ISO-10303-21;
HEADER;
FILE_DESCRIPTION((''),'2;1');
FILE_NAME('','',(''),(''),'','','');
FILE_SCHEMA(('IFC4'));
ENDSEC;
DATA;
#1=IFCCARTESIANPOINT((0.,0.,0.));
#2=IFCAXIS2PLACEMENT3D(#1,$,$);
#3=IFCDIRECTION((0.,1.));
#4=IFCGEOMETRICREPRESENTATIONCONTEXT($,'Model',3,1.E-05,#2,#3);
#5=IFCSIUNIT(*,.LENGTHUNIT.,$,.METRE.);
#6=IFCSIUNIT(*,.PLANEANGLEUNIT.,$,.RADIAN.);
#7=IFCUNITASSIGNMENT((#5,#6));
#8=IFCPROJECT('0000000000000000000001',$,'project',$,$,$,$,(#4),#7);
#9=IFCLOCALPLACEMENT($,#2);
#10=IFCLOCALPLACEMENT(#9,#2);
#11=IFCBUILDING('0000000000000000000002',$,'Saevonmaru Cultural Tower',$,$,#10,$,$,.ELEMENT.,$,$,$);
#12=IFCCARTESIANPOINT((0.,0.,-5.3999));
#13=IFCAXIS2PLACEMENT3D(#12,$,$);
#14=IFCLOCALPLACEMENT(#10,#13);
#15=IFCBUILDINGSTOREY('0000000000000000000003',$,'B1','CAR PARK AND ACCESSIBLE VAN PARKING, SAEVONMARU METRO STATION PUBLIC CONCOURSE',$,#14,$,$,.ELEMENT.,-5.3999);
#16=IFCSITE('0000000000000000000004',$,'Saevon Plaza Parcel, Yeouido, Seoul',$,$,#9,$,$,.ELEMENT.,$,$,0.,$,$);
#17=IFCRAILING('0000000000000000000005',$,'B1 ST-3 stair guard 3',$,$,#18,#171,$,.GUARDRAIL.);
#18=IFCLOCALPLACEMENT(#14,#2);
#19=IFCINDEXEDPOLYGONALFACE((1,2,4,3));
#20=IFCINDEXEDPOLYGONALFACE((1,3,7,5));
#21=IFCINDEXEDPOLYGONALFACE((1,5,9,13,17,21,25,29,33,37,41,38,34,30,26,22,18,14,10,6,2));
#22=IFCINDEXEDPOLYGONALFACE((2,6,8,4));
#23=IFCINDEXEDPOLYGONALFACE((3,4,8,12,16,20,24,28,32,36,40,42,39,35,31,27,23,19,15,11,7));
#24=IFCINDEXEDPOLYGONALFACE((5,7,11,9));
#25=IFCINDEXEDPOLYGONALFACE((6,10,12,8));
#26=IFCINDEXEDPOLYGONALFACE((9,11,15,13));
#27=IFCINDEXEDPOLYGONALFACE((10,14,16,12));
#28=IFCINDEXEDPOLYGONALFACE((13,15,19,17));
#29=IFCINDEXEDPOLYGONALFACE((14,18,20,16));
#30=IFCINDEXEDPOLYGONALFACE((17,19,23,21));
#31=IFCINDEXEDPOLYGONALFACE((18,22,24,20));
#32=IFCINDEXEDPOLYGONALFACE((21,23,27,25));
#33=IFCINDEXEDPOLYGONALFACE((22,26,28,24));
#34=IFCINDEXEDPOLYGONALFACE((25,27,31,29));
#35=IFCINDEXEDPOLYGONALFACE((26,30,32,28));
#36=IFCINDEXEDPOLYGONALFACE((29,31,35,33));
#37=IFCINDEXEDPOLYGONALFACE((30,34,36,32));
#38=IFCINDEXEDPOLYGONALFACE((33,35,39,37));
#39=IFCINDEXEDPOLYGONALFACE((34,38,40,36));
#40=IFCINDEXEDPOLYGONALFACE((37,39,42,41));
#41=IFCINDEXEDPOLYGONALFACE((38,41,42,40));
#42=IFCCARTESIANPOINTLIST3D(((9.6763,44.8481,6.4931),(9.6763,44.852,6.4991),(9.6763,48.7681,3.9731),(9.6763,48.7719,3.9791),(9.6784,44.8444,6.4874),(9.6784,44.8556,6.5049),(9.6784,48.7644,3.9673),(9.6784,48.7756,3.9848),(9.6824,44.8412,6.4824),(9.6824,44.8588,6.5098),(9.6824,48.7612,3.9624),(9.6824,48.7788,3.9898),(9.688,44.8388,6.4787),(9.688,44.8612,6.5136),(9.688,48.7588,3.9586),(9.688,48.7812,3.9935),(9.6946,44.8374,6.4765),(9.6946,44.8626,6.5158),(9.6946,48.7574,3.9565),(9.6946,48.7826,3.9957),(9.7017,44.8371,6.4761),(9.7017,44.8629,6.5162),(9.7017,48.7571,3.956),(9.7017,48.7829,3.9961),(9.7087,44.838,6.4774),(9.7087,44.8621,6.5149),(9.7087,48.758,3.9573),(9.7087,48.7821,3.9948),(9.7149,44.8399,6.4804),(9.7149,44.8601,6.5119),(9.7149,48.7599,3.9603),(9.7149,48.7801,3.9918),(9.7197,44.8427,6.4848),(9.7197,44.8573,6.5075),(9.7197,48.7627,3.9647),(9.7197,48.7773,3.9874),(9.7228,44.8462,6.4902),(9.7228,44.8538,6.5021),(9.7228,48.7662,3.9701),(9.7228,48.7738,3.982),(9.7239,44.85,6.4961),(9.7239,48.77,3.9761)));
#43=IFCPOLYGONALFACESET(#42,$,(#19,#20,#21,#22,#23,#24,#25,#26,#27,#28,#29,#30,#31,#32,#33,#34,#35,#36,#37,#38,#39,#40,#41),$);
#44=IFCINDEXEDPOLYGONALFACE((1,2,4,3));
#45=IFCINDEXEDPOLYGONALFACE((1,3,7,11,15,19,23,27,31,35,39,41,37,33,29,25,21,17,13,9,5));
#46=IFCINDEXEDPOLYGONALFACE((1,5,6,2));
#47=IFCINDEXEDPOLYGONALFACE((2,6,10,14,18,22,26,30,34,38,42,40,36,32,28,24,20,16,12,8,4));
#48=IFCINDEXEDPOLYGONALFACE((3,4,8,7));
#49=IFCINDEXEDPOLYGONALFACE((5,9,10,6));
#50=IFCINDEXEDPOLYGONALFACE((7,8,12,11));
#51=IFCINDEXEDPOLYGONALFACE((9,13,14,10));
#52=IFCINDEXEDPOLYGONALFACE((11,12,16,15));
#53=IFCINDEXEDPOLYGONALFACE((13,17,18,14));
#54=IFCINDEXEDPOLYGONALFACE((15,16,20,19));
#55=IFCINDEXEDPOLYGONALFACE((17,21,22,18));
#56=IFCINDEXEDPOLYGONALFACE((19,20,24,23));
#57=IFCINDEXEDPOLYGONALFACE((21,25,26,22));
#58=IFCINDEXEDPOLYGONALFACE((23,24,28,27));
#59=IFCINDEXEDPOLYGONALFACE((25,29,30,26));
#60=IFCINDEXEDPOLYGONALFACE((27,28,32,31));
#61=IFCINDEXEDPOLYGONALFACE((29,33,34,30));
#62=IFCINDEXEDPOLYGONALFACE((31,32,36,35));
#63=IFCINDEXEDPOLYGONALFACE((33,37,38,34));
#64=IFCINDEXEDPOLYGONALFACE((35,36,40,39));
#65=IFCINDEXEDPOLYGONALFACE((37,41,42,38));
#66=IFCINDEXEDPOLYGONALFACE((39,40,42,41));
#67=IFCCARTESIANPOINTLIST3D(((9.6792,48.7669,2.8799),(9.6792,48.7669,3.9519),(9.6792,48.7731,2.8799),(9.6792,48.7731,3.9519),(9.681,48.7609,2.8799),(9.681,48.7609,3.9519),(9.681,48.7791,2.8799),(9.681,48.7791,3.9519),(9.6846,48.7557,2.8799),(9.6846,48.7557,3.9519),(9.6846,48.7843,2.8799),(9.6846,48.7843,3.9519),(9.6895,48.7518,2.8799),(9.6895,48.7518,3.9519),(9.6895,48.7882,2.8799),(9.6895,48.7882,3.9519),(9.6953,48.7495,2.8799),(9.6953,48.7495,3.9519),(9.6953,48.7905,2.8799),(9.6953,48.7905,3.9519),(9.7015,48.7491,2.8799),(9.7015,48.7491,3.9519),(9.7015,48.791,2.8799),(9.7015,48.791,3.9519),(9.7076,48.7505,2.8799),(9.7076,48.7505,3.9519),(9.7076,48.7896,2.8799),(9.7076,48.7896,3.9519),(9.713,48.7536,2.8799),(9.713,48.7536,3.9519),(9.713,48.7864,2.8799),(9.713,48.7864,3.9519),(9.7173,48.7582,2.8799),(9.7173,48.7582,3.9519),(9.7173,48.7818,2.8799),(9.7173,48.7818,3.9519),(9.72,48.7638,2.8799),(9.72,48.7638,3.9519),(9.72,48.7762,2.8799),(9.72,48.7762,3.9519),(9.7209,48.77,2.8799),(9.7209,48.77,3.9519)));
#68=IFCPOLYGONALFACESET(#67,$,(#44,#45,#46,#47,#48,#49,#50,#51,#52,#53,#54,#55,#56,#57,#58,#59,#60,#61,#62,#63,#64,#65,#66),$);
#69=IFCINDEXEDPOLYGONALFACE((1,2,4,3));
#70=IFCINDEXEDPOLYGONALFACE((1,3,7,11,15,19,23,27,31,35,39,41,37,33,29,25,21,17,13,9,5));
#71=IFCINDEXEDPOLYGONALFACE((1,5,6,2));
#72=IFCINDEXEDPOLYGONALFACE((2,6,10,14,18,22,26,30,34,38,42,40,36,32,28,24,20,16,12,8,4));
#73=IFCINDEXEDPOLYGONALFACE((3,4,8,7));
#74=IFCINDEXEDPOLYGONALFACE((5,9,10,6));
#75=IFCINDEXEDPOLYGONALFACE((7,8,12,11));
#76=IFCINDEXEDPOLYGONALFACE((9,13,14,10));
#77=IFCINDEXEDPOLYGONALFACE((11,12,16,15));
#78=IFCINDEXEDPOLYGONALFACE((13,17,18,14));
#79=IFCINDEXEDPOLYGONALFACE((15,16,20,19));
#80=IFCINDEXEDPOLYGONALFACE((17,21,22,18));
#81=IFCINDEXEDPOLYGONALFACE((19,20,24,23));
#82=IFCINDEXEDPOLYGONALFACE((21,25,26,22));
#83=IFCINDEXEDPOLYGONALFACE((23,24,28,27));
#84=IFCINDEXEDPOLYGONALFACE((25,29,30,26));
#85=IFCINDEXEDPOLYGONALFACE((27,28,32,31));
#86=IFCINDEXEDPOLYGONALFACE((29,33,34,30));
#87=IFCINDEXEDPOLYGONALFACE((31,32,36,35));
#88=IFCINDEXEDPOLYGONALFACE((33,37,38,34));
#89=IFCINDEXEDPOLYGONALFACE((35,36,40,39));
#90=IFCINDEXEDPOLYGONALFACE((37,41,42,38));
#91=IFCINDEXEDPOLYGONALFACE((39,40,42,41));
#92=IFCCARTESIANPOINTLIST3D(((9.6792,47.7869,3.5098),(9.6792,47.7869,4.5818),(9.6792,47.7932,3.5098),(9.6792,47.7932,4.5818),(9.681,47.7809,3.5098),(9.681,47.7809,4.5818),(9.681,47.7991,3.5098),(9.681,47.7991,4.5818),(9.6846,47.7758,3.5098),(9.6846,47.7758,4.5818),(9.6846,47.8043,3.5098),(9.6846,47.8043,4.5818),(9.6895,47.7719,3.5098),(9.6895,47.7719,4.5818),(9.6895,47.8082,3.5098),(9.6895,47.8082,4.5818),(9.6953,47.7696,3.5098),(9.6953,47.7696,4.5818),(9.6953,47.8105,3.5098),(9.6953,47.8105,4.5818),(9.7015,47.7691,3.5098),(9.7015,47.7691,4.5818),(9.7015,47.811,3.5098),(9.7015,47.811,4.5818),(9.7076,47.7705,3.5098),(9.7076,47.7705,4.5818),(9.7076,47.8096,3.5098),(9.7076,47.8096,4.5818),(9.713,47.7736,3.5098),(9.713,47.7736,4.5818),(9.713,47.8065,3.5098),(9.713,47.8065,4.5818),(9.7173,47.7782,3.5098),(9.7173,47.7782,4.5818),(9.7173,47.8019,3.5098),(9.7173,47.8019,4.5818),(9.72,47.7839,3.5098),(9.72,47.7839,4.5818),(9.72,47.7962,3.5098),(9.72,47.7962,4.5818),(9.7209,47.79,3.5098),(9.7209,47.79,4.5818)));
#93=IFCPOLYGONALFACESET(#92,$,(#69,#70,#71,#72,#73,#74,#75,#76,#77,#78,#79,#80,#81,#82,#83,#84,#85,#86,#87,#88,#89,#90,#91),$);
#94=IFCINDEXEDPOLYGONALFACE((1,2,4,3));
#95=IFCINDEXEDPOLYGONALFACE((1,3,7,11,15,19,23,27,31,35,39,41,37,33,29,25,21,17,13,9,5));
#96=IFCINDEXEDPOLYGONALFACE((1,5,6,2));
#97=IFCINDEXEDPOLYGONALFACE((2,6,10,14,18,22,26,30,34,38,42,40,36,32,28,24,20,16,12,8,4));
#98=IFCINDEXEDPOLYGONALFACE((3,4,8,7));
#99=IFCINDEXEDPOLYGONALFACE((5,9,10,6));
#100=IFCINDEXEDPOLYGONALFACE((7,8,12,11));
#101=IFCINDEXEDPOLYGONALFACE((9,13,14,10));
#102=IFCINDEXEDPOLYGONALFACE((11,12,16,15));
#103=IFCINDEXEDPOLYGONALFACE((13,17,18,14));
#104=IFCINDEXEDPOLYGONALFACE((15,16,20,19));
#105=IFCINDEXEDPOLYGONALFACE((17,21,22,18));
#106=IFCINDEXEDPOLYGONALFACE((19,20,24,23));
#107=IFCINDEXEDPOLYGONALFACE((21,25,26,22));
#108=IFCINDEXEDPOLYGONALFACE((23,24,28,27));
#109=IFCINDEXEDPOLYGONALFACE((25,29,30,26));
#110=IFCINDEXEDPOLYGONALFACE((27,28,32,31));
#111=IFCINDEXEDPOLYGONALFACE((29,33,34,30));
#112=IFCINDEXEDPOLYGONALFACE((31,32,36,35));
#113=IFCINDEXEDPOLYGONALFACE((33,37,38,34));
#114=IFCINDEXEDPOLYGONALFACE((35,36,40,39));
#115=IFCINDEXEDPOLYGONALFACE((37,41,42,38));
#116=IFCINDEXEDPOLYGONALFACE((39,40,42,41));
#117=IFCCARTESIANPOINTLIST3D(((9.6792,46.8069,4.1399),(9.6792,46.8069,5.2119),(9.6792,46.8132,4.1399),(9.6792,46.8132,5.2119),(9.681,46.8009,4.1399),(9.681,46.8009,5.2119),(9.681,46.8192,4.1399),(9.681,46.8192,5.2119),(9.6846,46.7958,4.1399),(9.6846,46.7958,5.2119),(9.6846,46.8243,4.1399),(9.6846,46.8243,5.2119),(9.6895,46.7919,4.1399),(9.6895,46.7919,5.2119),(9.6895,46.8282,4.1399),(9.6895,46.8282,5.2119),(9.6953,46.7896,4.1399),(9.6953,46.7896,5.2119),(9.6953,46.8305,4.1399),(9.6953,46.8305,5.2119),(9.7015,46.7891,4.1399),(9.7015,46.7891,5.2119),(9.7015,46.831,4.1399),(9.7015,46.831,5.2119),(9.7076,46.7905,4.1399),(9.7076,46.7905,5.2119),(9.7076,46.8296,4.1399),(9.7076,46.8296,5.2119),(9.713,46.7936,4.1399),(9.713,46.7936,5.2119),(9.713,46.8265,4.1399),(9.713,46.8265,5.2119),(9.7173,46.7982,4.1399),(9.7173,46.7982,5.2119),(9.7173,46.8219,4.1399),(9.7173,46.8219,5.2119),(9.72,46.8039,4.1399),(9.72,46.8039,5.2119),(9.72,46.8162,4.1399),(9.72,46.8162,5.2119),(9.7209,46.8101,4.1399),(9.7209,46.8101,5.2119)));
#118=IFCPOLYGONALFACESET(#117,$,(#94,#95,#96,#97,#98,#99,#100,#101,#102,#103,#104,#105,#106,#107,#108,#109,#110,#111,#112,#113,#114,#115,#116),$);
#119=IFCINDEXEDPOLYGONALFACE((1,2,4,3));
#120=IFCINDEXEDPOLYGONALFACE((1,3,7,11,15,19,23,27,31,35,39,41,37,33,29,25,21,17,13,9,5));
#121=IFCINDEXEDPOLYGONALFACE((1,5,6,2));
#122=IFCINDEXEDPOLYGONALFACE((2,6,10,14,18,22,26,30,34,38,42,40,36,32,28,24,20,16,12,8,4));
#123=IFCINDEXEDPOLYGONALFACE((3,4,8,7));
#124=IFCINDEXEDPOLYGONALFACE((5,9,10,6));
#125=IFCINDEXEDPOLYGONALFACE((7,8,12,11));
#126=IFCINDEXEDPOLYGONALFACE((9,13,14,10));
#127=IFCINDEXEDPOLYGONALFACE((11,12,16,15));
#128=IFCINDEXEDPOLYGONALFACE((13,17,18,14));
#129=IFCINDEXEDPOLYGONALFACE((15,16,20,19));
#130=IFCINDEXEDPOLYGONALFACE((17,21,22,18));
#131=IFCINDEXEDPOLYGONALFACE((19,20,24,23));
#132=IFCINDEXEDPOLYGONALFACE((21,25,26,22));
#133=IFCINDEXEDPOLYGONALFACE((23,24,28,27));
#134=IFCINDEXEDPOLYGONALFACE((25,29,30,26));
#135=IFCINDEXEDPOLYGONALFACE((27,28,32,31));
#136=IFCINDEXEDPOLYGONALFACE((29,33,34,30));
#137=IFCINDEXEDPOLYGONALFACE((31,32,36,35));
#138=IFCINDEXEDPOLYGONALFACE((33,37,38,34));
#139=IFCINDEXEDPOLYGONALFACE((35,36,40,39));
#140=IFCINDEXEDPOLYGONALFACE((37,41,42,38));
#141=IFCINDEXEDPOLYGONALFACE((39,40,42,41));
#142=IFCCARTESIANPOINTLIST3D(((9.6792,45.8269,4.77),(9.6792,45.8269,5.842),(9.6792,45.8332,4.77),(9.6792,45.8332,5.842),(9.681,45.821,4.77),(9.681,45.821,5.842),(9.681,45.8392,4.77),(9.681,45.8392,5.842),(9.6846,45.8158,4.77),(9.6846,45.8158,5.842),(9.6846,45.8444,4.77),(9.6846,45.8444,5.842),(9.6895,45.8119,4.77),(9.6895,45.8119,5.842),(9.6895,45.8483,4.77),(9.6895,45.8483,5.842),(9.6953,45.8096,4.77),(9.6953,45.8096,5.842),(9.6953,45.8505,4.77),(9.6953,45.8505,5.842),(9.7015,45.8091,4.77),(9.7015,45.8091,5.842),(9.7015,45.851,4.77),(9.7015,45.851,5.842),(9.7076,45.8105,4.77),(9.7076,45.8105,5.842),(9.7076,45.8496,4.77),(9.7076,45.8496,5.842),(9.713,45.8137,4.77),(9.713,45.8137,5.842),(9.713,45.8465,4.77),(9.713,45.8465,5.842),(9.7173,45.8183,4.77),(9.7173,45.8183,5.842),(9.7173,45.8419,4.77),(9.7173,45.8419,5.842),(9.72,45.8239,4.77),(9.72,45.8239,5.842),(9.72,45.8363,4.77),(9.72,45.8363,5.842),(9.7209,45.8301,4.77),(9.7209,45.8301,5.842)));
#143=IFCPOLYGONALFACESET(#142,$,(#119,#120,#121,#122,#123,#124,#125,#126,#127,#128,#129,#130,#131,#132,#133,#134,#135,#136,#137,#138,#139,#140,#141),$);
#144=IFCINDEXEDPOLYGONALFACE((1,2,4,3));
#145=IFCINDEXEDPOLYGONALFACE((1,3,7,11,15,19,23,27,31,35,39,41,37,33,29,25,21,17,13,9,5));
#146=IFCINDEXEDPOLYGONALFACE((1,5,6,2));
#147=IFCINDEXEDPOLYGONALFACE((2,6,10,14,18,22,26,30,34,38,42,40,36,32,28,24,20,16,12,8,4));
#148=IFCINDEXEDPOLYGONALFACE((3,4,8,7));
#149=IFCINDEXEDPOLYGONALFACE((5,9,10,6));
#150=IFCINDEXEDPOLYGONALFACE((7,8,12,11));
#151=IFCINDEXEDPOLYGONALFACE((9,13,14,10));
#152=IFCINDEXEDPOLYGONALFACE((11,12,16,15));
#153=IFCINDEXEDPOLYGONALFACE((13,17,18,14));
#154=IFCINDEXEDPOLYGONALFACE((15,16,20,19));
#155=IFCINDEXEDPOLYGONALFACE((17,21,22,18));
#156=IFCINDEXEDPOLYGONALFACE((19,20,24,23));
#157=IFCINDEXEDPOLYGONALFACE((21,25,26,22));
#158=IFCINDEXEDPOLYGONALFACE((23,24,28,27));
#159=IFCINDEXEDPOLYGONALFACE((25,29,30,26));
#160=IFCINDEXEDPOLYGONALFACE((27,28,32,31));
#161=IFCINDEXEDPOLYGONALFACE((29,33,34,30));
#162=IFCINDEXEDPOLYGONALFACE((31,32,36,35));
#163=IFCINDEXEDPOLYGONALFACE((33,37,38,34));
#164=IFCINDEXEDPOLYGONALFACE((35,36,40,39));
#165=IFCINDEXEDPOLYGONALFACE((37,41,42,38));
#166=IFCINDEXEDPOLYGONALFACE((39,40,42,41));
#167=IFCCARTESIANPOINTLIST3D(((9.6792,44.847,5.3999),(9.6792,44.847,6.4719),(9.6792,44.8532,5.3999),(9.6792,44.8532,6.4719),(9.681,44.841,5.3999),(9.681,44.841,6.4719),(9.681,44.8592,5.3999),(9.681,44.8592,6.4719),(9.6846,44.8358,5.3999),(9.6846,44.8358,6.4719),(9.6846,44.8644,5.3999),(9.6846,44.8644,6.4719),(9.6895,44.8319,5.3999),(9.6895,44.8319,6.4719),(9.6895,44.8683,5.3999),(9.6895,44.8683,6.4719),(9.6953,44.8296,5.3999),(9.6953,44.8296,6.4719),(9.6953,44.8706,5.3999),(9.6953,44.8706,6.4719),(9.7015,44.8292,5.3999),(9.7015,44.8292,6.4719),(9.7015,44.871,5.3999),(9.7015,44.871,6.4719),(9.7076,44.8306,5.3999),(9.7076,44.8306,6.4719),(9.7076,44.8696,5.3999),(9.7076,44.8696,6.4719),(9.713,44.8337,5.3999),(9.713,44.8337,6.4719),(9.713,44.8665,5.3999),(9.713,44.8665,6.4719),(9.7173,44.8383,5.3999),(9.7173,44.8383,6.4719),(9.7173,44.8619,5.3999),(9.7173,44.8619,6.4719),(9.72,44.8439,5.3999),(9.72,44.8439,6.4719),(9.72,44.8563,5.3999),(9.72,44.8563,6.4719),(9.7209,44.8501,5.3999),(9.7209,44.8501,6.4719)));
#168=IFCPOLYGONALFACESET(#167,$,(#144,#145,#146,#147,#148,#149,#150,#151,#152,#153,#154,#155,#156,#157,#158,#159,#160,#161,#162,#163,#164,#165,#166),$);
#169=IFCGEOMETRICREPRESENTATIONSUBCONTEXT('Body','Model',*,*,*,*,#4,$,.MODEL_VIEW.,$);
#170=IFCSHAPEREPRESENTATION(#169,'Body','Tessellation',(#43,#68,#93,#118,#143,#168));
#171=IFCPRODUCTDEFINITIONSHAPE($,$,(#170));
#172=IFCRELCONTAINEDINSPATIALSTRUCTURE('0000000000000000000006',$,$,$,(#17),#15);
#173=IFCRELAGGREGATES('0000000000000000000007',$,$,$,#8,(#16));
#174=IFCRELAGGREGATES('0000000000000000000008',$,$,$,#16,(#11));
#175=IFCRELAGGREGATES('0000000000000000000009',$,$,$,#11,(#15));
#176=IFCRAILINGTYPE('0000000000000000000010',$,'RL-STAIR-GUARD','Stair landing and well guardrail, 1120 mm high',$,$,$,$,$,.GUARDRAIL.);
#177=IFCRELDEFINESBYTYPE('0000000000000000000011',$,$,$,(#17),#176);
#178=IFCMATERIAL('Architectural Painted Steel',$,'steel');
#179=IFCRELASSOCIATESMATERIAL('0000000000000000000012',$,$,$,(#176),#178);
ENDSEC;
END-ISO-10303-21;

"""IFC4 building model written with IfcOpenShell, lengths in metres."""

from ifc_helpers import new_model, si_unit, direction, frame, origin, origin_2d, place, context, subcontext, project, spatial, circle, extrude, material, type_object, element, save


model = new_model("IFC4")

# Units and contexts
model_context = context("Model", 3, precision=1e-05, world=origin(), true_north=direction((0.0, 1.0)))
body_context = subcontext(model_context, "Body", "Model", "MODEL_VIEW")
ifc_project = project(units=[si_unit("LENGTHUNIT", "METRE"), si_unit("PLANEANGLEUNIT", "RADIAN")], contexts=[model_context])

# Site, building, storey
site_placement = place(None, origin())
site = spatial("IfcSite", under=ifc_project, at=site_placement, Name="Saevon Plaza Parcel, Yeouido, Seoul", CompositionType="ELEMENT", RefElevation=0.0)
building_placement = place(site_placement, origin())
building = spatial("IfcBuilding", under=site, at=building_placement, Name="Saevonmaru Cultural Tower", CompositionType="ELEMENT")
storey_placement = place(building_placement, frame((0.0, 0.0, -5.3999)))
storey = spatial("IfcBuildingStorey", under=building, at=storey_placement, Name="B1", Description="CAR PARK AND ACCESSIBLE VAN PARKING, SAEVONMARU METRO STATION PUBLIC CONCOURSE", CompositionType="ELEMENT", Elevation=-5.3999)

# Railing
ifc_material_1 = material(Name="Architectural Painted Steel", Category="steel")
railing_type_1 = type_object("IfcRailingType", Name="RL-STAIR-GUARD", Description="Stair landing and well guardrail, 1120 mm high", PredefinedType="GUARDRAIL", material=ifc_material_1)
railing_1_placement = place(storey_placement, frame((9.7, 48.77, 2.8799)))
element("IfcRailing", 1, at=railing_1_placement, inside=storey, type_object=railing_type_1, Name="B1 ST-3 stair guard 3", PredefinedType="GUARDRAIL", context=body_context, shape_type="SweptSolid", body=[
    extrude(circle(Radius=0.0239, at=origin_2d()), frame((0.0, 0.0, 1.0962), z_axis=(0.0, -0.841172, 0.540768), x_axis=(1.0, 0.0, 0.0)), (0.0, 0.0, 1.0), 4.6602),
    extrude(circle(Radius=0.021, at=origin_2d()), origin(), (0.0, 0.0, 1.0), 1.072),
    extrude(circle(Radius=0.021, at=origin_2d()), frame((0.0, -0.98, 0.6299)), (0.0, 0.0, 1.0), 1.072),
    extrude(circle(Radius=0.021, at=origin_2d()), frame((0.0, -1.96, 1.26)), (0.0, 0.0, 1.0), 1.072),
    extrude(circle(Radius=0.021, at=origin_2d()), frame((0.0, -2.9399, 1.8901)), (0.0, 0.0, 1.0), 1.072),
    extrude(circle(Radius=0.021, at=origin_2d()), frame((0.0, -3.9199, 2.52)), (0.0, 0.0, 1.0), 1.072),
])

save(model, "model.ifc")
